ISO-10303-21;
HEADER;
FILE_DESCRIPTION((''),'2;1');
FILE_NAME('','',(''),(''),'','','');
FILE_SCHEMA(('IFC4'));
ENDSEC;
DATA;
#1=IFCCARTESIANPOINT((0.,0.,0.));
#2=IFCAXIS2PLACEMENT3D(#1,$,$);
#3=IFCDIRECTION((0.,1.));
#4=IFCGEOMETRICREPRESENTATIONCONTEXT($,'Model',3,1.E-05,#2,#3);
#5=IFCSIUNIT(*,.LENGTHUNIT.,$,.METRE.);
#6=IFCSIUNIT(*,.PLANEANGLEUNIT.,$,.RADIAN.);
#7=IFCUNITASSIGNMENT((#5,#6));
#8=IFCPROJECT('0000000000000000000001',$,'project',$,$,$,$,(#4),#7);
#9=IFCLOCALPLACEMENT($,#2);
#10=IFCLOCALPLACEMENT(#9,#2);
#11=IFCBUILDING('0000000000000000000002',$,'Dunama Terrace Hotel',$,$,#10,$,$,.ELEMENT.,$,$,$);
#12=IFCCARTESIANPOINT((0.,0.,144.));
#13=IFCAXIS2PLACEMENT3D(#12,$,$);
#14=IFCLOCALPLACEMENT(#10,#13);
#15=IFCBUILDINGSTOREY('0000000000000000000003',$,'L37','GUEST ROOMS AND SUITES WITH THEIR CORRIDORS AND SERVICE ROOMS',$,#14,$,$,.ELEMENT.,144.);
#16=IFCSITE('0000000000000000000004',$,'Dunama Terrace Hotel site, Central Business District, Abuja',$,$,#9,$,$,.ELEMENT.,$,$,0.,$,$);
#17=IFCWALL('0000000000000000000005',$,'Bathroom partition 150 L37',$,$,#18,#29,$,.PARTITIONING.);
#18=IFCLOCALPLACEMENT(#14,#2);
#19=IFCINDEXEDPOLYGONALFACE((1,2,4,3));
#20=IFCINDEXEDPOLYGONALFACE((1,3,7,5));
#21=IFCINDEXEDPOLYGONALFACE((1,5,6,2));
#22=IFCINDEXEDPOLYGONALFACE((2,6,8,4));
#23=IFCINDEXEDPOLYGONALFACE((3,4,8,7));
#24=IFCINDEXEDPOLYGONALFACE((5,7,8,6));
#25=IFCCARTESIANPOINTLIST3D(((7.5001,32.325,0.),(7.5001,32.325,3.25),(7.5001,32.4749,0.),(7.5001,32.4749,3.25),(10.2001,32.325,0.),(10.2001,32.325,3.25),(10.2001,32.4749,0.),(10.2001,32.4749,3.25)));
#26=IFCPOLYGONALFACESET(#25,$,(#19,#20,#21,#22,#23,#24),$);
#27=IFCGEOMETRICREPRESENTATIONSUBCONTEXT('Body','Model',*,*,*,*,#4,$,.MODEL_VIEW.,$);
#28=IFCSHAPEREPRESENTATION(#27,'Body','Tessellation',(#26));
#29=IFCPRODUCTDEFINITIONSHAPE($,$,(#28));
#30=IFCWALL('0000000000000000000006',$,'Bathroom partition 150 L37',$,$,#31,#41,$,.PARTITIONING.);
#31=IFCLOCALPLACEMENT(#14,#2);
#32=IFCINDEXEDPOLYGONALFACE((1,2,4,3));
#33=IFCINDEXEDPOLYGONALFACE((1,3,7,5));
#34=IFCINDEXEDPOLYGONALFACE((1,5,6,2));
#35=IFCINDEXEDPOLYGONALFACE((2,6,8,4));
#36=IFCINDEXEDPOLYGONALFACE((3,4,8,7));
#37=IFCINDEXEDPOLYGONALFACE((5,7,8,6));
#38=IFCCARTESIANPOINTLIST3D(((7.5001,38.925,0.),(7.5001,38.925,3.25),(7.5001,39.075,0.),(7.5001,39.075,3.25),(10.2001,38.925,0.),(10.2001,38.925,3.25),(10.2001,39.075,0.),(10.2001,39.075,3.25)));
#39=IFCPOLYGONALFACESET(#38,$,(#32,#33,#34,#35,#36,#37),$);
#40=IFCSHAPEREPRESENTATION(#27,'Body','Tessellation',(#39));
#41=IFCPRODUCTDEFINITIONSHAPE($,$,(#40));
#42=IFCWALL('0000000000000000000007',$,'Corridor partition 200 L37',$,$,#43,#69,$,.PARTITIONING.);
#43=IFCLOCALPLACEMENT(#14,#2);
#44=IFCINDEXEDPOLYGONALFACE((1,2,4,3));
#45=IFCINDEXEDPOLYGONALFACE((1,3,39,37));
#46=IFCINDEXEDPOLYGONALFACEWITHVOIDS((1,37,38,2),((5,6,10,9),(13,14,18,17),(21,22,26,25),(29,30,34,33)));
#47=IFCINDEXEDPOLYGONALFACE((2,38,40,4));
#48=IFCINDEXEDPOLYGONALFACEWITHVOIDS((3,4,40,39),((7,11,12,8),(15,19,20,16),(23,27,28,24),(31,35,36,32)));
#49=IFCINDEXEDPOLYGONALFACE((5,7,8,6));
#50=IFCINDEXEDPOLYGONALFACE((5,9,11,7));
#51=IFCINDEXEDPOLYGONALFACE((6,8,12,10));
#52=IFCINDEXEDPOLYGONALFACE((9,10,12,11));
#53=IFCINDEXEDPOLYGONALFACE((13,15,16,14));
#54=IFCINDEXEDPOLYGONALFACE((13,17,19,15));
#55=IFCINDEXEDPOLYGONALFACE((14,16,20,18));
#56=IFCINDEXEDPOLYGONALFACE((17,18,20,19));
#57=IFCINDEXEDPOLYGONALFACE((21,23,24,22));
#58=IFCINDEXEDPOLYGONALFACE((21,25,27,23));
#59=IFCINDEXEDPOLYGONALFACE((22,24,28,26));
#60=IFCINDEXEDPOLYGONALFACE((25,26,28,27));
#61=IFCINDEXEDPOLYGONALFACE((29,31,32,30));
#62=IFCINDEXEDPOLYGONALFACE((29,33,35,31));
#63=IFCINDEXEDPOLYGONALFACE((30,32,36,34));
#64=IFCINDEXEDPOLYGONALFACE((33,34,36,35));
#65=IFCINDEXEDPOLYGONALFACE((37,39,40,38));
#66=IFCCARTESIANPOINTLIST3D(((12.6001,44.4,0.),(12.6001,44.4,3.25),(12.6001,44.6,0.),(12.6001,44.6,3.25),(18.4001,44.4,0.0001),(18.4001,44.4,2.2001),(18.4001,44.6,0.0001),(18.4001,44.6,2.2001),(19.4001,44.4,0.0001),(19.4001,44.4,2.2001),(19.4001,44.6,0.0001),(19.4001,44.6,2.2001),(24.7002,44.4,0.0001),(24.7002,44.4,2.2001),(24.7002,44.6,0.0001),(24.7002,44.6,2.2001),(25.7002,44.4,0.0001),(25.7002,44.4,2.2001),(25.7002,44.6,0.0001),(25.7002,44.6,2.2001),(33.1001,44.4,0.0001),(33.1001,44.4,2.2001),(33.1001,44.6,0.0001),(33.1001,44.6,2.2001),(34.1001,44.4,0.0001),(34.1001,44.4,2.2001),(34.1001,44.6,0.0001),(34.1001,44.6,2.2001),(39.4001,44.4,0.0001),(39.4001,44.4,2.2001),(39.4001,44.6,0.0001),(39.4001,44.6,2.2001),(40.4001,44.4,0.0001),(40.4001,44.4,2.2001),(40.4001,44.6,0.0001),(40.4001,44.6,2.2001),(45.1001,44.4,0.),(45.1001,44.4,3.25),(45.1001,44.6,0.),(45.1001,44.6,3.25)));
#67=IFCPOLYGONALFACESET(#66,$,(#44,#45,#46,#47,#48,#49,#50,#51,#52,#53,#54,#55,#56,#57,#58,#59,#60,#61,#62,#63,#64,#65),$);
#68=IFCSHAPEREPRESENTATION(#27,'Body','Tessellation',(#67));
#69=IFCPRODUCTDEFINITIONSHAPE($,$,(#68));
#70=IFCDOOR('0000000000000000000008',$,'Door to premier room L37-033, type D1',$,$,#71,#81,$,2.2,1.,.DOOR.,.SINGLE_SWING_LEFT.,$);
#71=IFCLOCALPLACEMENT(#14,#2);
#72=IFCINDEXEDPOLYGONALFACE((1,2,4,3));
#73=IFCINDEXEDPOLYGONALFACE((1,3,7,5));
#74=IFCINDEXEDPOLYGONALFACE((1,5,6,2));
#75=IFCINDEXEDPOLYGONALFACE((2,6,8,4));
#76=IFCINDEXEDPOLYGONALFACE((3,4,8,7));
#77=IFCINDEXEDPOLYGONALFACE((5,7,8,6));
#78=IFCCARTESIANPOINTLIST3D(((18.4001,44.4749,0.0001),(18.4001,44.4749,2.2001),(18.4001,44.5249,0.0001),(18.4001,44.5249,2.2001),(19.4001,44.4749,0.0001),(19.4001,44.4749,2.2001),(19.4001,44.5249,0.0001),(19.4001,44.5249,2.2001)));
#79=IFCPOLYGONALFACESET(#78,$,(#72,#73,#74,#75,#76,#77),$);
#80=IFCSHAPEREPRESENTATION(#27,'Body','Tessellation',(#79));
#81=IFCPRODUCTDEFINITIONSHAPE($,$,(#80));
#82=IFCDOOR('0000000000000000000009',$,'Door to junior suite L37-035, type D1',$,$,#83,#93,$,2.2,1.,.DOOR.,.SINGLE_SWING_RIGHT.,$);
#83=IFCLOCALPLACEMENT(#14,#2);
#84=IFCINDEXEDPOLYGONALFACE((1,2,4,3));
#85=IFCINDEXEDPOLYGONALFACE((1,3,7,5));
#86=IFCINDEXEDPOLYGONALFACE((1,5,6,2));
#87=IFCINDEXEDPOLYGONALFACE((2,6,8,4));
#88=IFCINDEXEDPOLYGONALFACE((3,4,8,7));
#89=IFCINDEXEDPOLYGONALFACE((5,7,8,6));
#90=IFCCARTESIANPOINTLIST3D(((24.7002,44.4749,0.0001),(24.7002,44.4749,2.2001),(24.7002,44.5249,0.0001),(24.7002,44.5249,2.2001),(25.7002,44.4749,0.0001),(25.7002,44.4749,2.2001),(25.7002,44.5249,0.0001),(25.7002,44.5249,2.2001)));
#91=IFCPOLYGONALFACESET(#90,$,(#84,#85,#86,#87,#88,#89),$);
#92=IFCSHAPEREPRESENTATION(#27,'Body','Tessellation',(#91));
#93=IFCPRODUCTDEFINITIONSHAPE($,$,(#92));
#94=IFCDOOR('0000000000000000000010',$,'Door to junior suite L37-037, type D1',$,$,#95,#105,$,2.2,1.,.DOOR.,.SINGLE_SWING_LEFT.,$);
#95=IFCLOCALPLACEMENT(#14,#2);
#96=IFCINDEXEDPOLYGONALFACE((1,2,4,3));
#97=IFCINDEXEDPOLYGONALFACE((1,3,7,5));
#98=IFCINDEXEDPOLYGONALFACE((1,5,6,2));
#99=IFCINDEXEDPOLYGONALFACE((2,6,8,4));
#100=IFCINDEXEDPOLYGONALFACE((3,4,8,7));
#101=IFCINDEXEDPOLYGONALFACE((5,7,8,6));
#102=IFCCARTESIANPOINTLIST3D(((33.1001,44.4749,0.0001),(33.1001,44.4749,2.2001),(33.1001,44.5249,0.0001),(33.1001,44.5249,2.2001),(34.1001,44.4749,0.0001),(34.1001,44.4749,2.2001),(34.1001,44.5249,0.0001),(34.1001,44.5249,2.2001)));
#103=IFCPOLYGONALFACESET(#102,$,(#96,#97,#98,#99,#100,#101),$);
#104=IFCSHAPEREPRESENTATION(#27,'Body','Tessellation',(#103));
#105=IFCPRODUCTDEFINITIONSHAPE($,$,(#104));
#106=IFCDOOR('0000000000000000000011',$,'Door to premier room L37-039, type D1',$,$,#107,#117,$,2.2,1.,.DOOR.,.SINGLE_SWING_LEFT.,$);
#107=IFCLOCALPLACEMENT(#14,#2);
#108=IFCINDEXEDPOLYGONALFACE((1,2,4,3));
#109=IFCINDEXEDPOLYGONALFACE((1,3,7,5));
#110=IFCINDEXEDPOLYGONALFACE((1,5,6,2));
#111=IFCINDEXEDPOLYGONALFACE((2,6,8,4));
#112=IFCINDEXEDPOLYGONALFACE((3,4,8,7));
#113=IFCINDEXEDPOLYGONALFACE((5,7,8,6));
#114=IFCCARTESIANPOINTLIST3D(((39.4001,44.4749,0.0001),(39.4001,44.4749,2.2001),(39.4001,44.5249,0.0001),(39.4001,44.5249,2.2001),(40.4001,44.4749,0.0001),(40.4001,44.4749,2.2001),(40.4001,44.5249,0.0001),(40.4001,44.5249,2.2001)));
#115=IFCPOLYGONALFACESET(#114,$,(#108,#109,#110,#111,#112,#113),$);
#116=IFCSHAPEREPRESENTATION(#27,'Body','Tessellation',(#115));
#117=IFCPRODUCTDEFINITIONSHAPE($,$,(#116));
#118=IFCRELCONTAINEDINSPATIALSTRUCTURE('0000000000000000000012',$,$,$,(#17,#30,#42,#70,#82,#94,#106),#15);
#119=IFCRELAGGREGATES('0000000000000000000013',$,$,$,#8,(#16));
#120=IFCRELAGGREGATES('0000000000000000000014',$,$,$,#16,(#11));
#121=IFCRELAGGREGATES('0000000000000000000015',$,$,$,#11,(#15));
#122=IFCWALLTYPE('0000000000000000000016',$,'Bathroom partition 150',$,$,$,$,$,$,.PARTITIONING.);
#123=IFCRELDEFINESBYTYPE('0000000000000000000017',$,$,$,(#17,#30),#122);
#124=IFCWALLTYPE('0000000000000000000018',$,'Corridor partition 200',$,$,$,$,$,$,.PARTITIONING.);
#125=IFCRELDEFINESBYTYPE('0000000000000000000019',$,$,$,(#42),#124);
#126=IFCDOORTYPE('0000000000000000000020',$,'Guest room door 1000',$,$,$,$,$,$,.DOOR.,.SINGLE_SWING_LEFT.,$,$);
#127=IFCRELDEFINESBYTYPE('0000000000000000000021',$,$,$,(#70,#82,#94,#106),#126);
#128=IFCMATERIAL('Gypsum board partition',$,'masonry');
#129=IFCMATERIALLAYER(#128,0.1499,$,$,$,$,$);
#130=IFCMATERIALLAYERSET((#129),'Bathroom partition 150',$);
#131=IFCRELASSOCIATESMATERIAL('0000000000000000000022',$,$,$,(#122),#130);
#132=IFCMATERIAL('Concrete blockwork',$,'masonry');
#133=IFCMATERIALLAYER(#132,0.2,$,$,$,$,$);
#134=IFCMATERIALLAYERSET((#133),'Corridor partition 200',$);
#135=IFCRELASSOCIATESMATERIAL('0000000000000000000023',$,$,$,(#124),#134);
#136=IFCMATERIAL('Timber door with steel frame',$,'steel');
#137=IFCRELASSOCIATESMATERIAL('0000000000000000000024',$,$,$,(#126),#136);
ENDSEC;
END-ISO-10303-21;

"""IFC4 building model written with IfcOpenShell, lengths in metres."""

from ifc_helpers import new_model, si_unit, direction, frame, frame_2d, origin, place, context, subcontext, project, spatial, rectangle, extrude, material, layer, layer_set, type_object, element, fill, save


model = new_model("IFC4")

# Units and contexts
model_context = context("Model", 3, precision=1e-05, world=origin(), true_north=direction((0.0, 1.0)))
body_context = subcontext(model_context, "Body", "Model", "MODEL_VIEW")
ifc_project = project(units=[si_unit("LENGTHUNIT", "METRE"), si_unit("PLANEANGLEUNIT", "RADIAN")], contexts=[model_context])

# Site, building, storey
site_placement = place(None, origin())
site = spatial("IfcSite", under=ifc_project, at=site_placement, Name="Dunama Terrace Hotel site, Central Business District, Abuja", CompositionType="ELEMENT", RefElevation=0.0)
building_placement = place(site_placement, origin())
building = spatial("IfcBuilding", under=site, at=building_placement, Name="Dunama Terrace Hotel", CompositionType="ELEMENT")
storey_placement = place(building_placement, frame((0.0, 0.0, 144.0)))
storey = spatial("IfcBuildingStorey", under=building, at=storey_placement, Name="L37", Description="GUEST ROOMS AND SUITES WITH THEIR CORRIDORS AND SERVICE ROOMS", CompositionType="ELEMENT", Elevation=144.0)

# Shared definitions
ifc_material_1 = material(Name="Gypsum board partition", Category="masonry")
ifc_layer_1 = layer(ifc_material_1, 0.1499)
ifc_layer_set_1 = layer_set([ifc_layer_1], Name="Bathroom partition 150")
wall_type_1 = type_object("IfcWallType", Name="Bathroom partition 150", PredefinedType="PARTITIONING", material=ifc_layer_set_1)

# Walls
for number, where, z_axis, x_axis, name in (
    (1, (7.5, 32.3999, 0.0), (0.0, 0.0, 1.0), (1.0, 0.0, 0.0), "Bathroom partition 150 L37"),
    (2, (7.5, 39.0, 0.0), (0.0, 0.0, 1.0), (1.0, 0.0, 0.0), "Bathroom partition 150 L37"),
):
    element("IfcWall", number, at=place(storey_placement, frame(where, z_axis=z_axis, x_axis=x_axis)), inside=storey, type_object=wall_type_1, Name=name, PredefinedType="PARTITIONING", context=body_context, shape_type="SweptSolid", body=[
        extrude(rectangle(XDim=2.7, YDim=0.1499, at=frame_2d((1.3501, 0.0))), origin(), (0.0, 0.0, 1.0), 3.25),
    ])

# Wall, openings, doors
ifc_material_2 = material(Name="Concrete blockwork", Category="masonry")
ifc_layer_2 = layer(ifc_material_2, 0.2)
ifc_layer_set_2 = layer_set([ifc_layer_2], Name="Corridor partition 200")
wall_type_2 = type_object("IfcWallType", Name="Corridor partition 200", PredefinedType="PARTITIONING", material=ifc_layer_set_2)
wall_1_placement = place(storey_placement, frame((12.6001, 44.5, 0.0), z_axis=(0.0, 0.0, 1.0), x_axis=(1.0, 0.0, 0.0)))
wall_1 = element("IfcWall", 3, at=wall_1_placement, inside=storey, type_object=wall_type_2, Name="Corridor partition 200 L37", PredefinedType="PARTITIONING", context=body_context, shape_type="SweptSolid", body=[
    extrude(rectangle(XDim=32.5, YDim=0.2, at=frame_2d((16.25, 0.0))), origin(), (0.0, 0.0, 1.0), 3.25),
])
opening_1_placement = place(wall_1_placement, frame((5.8, 0.0, 0.0)))
opening_1 = element("IfcOpeningElement", 4, at=opening_1_placement, cuts=wall_1, PredefinedType="OPENING", context=body_context, shape_type="SweptSolid", body=[
    extrude(rectangle(XDim=1.0, YDim=2.2, at=frame_2d((0.5, 1.1001))), frame((0.0, 0.1099, 0.0), z_axis=(0.0, -1.0, 0.0), x_axis=(1.0, 0.0, 0.0)), (0.0, 0.0, 1.0), 0.22),
])
opening_2_placement = place(wall_1_placement, frame((12.1001, 0.0, 0.0)))
opening_2 = element("IfcOpeningElement", 5, at=opening_2_placement, cuts=wall_1, PredefinedType="OPENING", context=body_context, shape_type="SweptSolid", body=[
    extrude(rectangle(XDim=1.0, YDim=2.2, at=frame_2d((0.5, 1.1001))), frame((0.0, 0.1099, 0.0), z_axis=(0.0, -1.0, 0.0), x_axis=(1.0, 0.0, 0.0)), (0.0, 0.0, 1.0), 0.22),
])
opening_3_placement = place(wall_1_placement, frame((20.5, 0.0, 0.0)))
opening_3 = element("IfcOpeningElement", 6, at=opening_3_placement, cuts=wall_1, PredefinedType="OPENING", context=body_context, shape_type="SweptSolid", body=[
    extrude(rectangle(XDim=1.0, YDim=2.2, at=frame_2d((0.5, 1.1001))), frame((0.0, 0.1099, 0.0), z_axis=(0.0, -1.0, 0.0), x_axis=(1.0, 0.0, 0.0)), (0.0, 0.0, 1.0), 0.22),
])
opening_4_placement = place(wall_1_placement, frame((26.8, 0.0, 0.0)))
opening_4 = element("IfcOpeningElement", 7, at=opening_4_placement, cuts=wall_1, PredefinedType="OPENING", context=body_context, shape_type="SweptSolid", body=[
    extrude(rectangle(XDim=1.0, YDim=2.2, at=frame_2d((0.5, 1.1001))), frame((0.0, 0.1099, 0.0), z_axis=(0.0, -1.0, 0.0), x_axis=(1.0, 0.0, 0.0)), (0.0, 0.0, 1.0), 0.22),
])
ifc_material_3 = material(Name="Timber door with steel frame", Category="steel")
door_type_1 = type_object("IfcDoorType", Name="Guest room door 1000", OperationType="SINGLE_SWING_LEFT", PredefinedType="DOOR", material=ifc_material_3)
door_1_placement = place(opening_1_placement, origin())
door_1 = element("IfcDoor", 8, at=door_1_placement, inside=storey, type_object=door_type_1, Name="Door to premier room L37-033, type D1", OperationType="SINGLE_SWING_LEFT", OverallHeight=2.2, OverallWidth=1.0, PredefinedType="DOOR", context=body_context, shape_type="SweptSolid", body=[
    extrude(rectangle(XDim=1.0, YDim=2.2, at=frame_2d((0.5, 1.1001))), frame((0.0, 0.0249, 0.0), z_axis=(0.0, -1.0, 0.0), x_axis=(1.0, 0.0, 0.0)), (0.0, 0.0, 1.0), 0.05),
])
fill(opening_1, door_1)
door_2_placement = place(opening_2_placement, origin())
door_2 = element("IfcDoor", 9, at=door_2_placement, inside=storey, type_object=door_type_1, Name="Door to junior suite L37-035, type D1", OperationType="SINGLE_SWING_RIGHT", OverallHeight=2.2, OverallWidth=1.0, PredefinedType="DOOR", context=body_context, shape_type="SweptSolid", body=[
    extrude(rectangle(XDim=1.0, YDim=2.2, at=frame_2d((0.5, 1.1001))), frame((0.0, 0.0249, 0.0), z_axis=(0.0, -1.0, 0.0), x_axis=(1.0, 0.0, 0.0)), (0.0, 0.0, 1.0), 0.05),
])
fill(opening_2, door_2)
door_3_placement = place(opening_3_placement, origin())
door_3 = element("IfcDoor", 10, at=door_3_placement, inside=storey, type_object=door_type_1, Name="Door to junior suite L37-037, type D1", OperationType="SINGLE_SWING_LEFT", OverallHeight=2.2, OverallWidth=1.0, PredefinedType="DOOR", context=body_context, shape_type="SweptSolid", body=[
    extrude(rectangle(XDim=1.0, YDim=2.2, at=frame_2d((0.5, 1.1001))), frame((0.0, 0.0249, 0.0), z_axis=(0.0, -1.0, 0.0), x_axis=(1.0, 0.0, 0.0)), (0.0, 0.0, 1.0), 0.05),
])
fill(opening_3, door_3)
door_4_placement = place(opening_4_placement, origin())
door_4 = element("IfcDoor", 11, at=door_4_placement, inside=storey, type_object=door_type_1, Name="Door to premier room L37-039, type D1", OperationType="SINGLE_SWING_LEFT", OverallHeight=2.2, OverallWidth=1.0, PredefinedType="DOOR", context=body_context, shape_type="SweptSolid", body=[
    extrude(rectangle(XDim=1.0, YDim=2.2, at=frame_2d((0.5, 1.1001))), frame((0.0, 0.0249, 0.0), z_axis=(0.0, -1.0, 0.0), x_axis=(1.0, 0.0, 0.0)), (0.0, 0.0, 1.0), 0.05),
])
fill(opening_4, door_4)

save(model, "model.ifc")
